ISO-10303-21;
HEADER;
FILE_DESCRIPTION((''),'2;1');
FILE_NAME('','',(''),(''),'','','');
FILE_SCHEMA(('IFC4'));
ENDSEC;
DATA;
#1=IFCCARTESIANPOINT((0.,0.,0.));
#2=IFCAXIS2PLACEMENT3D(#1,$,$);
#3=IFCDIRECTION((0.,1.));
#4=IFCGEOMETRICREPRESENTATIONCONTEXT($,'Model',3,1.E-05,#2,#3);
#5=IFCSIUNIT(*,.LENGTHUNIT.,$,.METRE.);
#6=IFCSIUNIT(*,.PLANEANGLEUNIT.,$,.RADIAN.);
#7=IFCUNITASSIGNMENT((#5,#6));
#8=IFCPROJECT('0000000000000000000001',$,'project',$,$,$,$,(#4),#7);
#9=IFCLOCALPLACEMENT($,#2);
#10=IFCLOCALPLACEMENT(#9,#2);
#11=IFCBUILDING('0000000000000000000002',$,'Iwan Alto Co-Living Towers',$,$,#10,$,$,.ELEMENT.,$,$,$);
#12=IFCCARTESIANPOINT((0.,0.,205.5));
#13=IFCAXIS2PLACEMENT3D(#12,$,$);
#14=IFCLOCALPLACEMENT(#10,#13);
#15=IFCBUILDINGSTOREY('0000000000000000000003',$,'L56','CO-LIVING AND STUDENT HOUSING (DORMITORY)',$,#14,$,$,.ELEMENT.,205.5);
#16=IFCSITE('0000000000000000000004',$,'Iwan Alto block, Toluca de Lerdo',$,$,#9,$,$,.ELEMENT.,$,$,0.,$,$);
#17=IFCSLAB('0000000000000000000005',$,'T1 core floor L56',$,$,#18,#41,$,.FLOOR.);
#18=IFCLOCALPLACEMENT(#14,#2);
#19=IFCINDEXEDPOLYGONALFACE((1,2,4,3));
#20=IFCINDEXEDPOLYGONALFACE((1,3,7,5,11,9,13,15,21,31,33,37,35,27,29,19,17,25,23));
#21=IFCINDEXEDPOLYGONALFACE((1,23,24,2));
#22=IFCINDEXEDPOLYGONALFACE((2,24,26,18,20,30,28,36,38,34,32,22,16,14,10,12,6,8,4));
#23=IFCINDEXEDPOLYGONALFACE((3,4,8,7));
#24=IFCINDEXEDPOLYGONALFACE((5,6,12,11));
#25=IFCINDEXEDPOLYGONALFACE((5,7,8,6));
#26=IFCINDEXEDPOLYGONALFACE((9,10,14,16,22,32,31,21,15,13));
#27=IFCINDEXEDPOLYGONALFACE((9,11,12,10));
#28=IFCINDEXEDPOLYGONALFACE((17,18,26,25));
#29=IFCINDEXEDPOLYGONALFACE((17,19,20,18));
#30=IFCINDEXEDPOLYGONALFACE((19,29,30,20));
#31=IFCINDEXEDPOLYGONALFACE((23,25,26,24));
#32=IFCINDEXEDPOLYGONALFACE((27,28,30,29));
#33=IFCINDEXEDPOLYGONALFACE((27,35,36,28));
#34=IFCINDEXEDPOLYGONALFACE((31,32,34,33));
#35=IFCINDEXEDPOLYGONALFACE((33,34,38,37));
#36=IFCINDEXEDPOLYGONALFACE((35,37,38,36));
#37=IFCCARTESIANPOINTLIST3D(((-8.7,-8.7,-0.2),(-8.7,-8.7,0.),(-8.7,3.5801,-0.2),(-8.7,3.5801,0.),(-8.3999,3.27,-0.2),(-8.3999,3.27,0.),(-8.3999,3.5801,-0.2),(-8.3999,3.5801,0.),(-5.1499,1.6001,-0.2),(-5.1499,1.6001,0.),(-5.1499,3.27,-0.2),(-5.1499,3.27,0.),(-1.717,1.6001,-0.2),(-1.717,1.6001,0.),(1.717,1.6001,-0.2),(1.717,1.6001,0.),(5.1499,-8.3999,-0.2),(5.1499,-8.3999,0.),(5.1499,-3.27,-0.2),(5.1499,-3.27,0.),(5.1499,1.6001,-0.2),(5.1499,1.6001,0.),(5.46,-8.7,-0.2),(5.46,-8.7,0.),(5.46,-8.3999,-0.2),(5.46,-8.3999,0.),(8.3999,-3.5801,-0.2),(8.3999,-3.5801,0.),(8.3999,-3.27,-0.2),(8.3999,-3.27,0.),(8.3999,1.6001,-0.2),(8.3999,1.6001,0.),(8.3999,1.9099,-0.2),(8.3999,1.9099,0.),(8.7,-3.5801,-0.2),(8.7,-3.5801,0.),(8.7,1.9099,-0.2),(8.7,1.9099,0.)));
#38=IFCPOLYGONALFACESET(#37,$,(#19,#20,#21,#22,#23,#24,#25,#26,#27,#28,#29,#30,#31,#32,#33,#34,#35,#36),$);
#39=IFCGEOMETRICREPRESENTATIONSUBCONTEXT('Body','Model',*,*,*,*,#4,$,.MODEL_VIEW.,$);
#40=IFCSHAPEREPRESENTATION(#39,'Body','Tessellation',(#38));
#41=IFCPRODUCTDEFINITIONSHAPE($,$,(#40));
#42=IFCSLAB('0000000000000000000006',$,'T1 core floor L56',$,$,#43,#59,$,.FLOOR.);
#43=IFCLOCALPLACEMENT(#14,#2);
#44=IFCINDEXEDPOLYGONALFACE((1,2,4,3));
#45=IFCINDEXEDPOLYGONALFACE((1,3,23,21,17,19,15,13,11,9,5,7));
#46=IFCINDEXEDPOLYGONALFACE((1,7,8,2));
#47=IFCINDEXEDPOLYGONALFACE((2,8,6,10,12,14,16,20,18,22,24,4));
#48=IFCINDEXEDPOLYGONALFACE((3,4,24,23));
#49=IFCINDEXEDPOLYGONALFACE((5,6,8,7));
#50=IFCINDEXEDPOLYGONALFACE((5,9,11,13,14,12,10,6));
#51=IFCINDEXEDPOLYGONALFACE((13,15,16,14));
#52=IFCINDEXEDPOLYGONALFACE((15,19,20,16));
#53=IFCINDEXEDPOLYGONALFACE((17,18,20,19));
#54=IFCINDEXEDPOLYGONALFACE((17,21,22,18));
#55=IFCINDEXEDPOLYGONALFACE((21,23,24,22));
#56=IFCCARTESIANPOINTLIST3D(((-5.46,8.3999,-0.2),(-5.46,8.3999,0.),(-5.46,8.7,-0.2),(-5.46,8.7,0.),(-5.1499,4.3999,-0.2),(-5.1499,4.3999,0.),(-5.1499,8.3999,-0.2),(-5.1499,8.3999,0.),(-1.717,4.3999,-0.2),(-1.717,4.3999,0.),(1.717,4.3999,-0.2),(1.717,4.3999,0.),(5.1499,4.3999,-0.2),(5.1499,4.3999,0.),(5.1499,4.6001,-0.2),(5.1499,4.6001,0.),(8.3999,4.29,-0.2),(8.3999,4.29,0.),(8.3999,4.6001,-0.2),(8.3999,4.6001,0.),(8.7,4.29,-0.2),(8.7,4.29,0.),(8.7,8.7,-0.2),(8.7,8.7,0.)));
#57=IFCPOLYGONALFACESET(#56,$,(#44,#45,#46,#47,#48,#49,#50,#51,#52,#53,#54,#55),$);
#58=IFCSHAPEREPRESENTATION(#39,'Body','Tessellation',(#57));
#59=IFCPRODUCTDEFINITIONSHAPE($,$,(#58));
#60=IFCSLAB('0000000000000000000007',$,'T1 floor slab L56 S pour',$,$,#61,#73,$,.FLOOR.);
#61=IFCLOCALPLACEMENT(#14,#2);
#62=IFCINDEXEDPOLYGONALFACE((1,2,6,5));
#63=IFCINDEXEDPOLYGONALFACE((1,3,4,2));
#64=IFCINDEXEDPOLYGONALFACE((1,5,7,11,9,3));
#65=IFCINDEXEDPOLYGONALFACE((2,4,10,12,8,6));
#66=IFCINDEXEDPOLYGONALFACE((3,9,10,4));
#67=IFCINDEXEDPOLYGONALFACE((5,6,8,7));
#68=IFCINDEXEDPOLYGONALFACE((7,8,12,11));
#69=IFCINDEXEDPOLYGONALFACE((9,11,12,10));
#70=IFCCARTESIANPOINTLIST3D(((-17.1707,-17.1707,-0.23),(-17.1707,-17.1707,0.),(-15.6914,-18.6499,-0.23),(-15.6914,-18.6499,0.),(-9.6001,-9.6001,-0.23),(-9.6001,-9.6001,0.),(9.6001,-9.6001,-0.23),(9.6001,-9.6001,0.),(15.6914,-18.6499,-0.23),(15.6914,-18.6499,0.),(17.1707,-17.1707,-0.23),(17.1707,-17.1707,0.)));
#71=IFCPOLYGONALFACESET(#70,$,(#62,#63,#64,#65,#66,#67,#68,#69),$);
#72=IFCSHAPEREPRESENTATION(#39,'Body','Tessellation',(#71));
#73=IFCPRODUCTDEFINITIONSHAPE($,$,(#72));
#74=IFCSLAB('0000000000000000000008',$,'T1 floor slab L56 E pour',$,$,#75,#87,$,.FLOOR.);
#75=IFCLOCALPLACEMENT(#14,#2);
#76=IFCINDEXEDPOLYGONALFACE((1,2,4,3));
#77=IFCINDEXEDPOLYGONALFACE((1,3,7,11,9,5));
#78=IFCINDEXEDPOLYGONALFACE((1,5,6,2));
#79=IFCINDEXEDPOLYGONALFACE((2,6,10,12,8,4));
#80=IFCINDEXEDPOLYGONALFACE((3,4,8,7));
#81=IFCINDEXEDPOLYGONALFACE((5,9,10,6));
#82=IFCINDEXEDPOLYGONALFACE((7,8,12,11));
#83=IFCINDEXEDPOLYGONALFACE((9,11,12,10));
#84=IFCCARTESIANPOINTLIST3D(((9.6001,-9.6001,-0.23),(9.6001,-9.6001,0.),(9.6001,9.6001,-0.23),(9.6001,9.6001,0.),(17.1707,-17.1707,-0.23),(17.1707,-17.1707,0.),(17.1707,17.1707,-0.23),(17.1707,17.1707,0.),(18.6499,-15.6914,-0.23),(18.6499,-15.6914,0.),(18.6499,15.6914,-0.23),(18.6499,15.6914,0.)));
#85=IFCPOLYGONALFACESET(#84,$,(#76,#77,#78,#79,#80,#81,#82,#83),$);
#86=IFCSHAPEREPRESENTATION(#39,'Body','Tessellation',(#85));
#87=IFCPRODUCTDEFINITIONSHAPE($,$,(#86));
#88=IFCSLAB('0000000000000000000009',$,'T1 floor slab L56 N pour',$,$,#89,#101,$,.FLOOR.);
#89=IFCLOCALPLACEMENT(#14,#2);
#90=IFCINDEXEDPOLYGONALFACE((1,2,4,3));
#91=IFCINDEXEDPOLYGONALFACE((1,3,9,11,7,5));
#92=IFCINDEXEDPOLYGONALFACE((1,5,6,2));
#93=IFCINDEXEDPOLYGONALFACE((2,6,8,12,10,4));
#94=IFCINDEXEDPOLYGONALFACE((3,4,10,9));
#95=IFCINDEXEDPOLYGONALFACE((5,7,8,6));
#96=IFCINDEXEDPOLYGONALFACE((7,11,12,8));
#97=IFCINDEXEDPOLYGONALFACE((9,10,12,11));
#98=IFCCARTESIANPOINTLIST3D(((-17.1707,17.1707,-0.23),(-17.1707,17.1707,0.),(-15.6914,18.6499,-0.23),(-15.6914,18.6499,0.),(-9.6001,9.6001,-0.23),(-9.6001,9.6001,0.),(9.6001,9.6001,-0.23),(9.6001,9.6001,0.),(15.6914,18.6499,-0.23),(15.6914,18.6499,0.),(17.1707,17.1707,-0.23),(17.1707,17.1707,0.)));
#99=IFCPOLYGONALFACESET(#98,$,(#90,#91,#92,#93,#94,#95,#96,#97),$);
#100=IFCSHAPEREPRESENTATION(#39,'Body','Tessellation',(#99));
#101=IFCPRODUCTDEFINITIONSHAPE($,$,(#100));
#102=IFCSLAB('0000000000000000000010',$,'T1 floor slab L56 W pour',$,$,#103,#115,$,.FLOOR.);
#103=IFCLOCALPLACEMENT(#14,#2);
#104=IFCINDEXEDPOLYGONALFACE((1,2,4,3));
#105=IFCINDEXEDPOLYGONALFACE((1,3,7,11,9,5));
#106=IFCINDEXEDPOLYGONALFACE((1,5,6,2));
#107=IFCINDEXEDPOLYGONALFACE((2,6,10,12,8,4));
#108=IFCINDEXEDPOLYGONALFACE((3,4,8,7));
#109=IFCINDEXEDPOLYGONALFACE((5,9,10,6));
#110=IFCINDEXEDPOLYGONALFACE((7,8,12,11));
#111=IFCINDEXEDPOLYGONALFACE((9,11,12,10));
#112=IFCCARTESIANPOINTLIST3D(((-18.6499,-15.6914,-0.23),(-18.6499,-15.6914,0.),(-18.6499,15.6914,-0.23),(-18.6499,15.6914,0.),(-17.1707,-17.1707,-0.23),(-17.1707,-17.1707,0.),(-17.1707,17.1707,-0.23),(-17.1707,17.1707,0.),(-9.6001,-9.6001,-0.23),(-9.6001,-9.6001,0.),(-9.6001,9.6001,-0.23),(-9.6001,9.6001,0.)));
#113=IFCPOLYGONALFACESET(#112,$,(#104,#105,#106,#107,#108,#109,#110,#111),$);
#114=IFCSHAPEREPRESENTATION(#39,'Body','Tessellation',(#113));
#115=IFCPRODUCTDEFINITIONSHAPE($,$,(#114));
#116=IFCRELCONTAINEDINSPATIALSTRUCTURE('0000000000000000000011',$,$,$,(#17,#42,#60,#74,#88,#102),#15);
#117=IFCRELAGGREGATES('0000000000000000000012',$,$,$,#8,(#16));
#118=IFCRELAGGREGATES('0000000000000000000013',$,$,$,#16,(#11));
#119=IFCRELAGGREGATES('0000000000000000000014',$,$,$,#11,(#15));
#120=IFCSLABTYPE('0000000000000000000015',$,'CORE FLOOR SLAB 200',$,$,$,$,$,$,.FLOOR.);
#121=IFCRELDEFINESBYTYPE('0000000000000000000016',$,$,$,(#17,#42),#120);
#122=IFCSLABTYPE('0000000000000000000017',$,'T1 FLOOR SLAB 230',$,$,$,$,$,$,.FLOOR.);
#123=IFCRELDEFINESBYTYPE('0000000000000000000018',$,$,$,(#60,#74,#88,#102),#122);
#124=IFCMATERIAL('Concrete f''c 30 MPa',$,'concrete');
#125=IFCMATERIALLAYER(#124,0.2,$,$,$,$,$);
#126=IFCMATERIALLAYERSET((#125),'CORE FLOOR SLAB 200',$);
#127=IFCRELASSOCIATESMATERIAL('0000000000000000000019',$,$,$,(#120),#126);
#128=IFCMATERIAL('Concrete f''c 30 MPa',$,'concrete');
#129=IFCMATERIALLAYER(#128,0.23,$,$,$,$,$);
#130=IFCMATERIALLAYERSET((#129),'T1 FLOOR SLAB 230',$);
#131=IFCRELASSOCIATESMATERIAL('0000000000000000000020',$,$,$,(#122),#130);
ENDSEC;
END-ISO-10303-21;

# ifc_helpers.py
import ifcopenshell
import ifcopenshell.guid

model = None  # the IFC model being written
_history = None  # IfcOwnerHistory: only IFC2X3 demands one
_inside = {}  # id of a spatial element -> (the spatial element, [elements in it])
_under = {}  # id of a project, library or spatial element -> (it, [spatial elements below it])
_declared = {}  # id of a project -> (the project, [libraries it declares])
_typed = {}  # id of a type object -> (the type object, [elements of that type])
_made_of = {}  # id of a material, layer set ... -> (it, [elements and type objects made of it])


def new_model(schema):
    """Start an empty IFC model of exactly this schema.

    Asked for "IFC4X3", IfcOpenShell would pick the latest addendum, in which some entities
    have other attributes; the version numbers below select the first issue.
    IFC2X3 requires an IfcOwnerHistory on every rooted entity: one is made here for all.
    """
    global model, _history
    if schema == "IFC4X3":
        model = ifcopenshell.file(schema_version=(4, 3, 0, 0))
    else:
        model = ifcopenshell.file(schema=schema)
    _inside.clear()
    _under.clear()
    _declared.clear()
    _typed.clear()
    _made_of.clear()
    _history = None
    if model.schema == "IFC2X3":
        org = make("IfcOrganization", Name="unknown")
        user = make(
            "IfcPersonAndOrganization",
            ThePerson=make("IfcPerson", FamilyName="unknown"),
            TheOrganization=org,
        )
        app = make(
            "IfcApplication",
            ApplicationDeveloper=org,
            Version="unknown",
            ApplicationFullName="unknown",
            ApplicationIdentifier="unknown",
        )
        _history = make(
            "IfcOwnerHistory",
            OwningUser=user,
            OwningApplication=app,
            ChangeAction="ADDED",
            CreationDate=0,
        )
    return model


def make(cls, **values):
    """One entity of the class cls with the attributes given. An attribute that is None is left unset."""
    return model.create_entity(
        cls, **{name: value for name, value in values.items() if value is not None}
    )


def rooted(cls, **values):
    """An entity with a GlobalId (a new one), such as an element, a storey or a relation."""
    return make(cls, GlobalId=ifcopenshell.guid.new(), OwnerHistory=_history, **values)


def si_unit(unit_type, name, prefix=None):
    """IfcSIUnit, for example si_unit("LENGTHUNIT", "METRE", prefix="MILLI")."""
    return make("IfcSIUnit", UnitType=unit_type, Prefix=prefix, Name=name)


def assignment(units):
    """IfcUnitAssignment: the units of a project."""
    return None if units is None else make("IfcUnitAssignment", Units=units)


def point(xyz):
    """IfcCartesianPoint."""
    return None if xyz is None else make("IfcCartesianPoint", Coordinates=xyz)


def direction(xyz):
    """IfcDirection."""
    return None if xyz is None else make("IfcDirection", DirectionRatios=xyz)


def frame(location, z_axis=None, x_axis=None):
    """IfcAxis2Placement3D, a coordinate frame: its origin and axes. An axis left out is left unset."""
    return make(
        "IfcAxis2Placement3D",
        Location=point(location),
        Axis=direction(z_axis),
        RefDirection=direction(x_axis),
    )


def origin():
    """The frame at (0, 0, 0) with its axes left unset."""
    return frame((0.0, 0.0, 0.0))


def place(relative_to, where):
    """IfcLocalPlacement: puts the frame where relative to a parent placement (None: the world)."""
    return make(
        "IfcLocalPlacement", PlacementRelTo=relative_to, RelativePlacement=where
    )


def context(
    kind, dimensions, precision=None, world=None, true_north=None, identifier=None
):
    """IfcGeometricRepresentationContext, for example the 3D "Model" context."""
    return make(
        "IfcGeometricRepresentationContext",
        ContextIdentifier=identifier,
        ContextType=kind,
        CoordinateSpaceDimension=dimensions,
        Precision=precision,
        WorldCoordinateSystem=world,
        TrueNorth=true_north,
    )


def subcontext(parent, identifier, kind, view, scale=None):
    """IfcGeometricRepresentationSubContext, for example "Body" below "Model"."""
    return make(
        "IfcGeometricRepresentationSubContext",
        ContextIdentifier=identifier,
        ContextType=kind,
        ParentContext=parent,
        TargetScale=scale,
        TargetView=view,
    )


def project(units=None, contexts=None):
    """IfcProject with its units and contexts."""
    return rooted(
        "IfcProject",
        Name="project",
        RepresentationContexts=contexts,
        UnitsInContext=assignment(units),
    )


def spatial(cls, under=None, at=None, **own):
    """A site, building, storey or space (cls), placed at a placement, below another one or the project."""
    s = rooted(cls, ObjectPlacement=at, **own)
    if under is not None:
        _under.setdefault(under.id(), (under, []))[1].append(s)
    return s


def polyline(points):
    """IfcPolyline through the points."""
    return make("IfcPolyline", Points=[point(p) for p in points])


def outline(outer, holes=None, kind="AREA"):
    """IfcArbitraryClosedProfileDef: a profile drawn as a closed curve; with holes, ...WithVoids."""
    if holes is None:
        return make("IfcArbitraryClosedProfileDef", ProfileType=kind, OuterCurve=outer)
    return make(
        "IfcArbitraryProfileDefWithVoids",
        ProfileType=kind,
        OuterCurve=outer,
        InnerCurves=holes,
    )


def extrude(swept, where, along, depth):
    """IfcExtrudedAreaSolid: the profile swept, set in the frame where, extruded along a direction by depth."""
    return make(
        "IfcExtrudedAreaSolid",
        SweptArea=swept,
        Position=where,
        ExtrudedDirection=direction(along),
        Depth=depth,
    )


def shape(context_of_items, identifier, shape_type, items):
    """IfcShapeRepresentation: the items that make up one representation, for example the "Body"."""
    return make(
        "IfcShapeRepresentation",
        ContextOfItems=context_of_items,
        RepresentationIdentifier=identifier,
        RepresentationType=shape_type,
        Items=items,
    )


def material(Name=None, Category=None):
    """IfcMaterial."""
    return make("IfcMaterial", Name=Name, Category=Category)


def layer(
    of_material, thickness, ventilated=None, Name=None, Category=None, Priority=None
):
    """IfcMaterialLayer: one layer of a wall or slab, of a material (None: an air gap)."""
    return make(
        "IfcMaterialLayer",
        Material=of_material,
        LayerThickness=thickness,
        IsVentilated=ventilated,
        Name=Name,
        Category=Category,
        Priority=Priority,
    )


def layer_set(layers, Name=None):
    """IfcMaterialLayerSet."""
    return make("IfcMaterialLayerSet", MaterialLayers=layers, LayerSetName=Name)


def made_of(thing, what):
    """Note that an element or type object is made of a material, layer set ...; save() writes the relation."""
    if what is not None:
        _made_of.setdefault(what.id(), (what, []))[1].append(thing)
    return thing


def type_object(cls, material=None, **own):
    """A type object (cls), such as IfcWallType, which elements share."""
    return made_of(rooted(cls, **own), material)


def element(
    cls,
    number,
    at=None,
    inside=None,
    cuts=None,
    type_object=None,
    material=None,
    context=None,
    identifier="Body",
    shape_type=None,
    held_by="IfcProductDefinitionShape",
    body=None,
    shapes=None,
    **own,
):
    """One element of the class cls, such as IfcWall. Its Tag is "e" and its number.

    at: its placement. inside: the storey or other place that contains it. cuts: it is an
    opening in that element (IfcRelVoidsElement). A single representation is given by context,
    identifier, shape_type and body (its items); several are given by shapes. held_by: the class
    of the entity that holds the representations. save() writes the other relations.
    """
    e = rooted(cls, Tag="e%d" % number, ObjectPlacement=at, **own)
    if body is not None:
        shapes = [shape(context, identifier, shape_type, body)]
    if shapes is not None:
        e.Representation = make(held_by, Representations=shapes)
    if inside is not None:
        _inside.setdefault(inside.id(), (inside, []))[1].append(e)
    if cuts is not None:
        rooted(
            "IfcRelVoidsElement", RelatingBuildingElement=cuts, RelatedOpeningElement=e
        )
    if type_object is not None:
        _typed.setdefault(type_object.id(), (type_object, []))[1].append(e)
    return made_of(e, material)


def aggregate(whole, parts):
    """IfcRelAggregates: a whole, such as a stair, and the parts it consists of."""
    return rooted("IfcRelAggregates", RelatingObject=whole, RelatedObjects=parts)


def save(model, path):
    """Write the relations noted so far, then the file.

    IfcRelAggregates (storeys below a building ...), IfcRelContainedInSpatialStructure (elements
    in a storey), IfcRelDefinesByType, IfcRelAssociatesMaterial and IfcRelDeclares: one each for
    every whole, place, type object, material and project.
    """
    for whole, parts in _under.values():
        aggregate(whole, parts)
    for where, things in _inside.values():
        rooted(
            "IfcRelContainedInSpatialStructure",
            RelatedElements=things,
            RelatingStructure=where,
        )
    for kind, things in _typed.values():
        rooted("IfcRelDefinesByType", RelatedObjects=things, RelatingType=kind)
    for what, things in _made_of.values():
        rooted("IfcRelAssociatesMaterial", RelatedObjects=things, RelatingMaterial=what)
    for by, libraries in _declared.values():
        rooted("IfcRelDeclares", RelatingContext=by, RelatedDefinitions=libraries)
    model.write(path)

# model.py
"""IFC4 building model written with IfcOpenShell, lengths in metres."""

from ifc_helpers import new_model, si_unit, direction, frame, origin, place, context, subcontext, project, spatial, polyline, outline, extrude, material, layer, layer_set, type_object, element, save


model = new_model("IFC4")

# Units and contexts
model_context = context("Model", 3, precision=1e-05, world=origin(), true_north=direction((0.0, 1.0)))
body_context = subcontext(model_context, "Body", "Model", "MODEL_VIEW")
ifc_project = project(units=[si_unit("LENGTHUNIT", "METRE"), si_unit("PLANEANGLEUNIT", "RADIAN")], contexts=[model_context])

# Site, building, storey
site_placement = place(None, origin())
site = spatial("IfcSite", under=ifc_project, at=site_placement, Name="Iwan Alto block, Toluca de Lerdo", CompositionType="ELEMENT", RefElevation=0.0)
building_placement = place(site_placement, origin())
building = spatial("IfcBuilding", under=site, at=building_placement, Name="Iwan Alto Co-Living Towers", CompositionType="ELEMENT")
storey_placement = place(building_placement, frame((0.0, 0.0, 205.5)))
storey = spatial("IfcBuildingStorey", under=building, at=storey_placement, Name="L56", Description="CO-LIVING AND STUDENT HOUSING (DORMITORY)", CompositionType="ELEMENT", Elevation=205.5)

# Slabs
ifc_material_1 = material(Name="Concrete f'c 30 MPa", Category="concrete")
ifc_layer_1 = layer(ifc_material_1, 0.2)
ifc_layer_set_1 = layer_set([ifc_layer_1], Name="CORE FLOOR SLAB 200")
slab_type_1 = type_object("IfcSlabType", Name="CORE FLOOR SLAB 200", PredefinedType="FLOOR", material=ifc_layer_set_1)
slab_1_placement = place(storey_placement, frame((0.0, 0.0, -0.2)))
element("IfcSlab", 1, at=slab_1_placement, inside=storey, type_object=slab_type_1, Name="T1 core floor L56", PredefinedType="FLOOR", context=body_context, shape_type="SweptSolid", body=[
    extrude(outline(polyline([(5.1499, -8.3999), (5.46, -8.3999), (5.46, -8.7), (-8.7, -8.7), (-8.7, 3.5801), (-8.3999, 3.5801), (-8.3999, 3.27), (-5.1499, 3.27), (-5.1499, 1.6001), (-1.717, 1.6001), (1.717, 1.6001), (5.1499, 1.6001), (8.3999, 1.6001), (8.3999, 1.9099), (8.7, 1.9099), (8.7, -3.5801), (8.3999, -3.5801), (8.3999, -3.27), (5.1499, -3.27), (5.1499, -8.3999)])), origin(), (0.0, 0.0, 1.0), 0.2),
])
slab_2_placement = place(storey_placement, frame((0.0, 0.0, -0.2)))
element("IfcSlab", 2, at=slab_2_placement, inside=storey, type_object=slab_type_1, Name="T1 core floor L56", PredefinedType="FLOOR", context=body_context, shape_type="SweptSolid", body=[
    extrude(outline(polyline([(1.717, 4.3999), (-1.717, 4.3999), (-5.1499, 4.3999), (-5.1499, 8.3999), (-5.46, 8.3999), (-5.46, 8.7), (8.7, 8.7), (8.7, 4.29), (8.3999, 4.29), (8.3999, 4.6001), (5.1499, 4.6001), (5.1499, 4.3999), (1.717, 4.3999)])), origin(), (0.0, 0.0, 1.0), 0.2),
])
ifc_material_2 = material(Name="Concrete f'c 30 MPa", Category="concrete")
ifc_layer_2 = layer(ifc_material_2, 0.23)
ifc_layer_set_2 = layer_set([ifc_layer_2], Name="T1 FLOOR SLAB 230")
slab_type_2 = type_object("IfcSlabType", Name="T1 FLOOR SLAB 230", PredefinedType="FLOOR", material=ifc_layer_set_2)
slab_3_placement = place(storey_placement, frame((0.0, 0.0, -0.23)))
element("IfcSlab", 3, at=slab_3_placement, inside=storey, type_object=slab_type_2, Name="T1 floor slab L56 S pour", PredefinedType="FLOOR", context=body_context, shape_type="SweptSolid", body=[
    extrude(outline(polyline([(15.6914, -18.6499), (-15.6914, -18.6499), (-17.1707, -17.1707), (-9.6001, -9.6001), (9.6001, -9.6001), (17.1707, -17.1707), (15.6914, -18.6499)])), origin(), (0.0, 0.0, 1.0), 0.23),
])
slab_4_placement = place(storey_placement, frame((0.0, 0.0, -0.23)))
element("IfcSlab", 4, at=slab_4_placement, inside=storey, type_object=slab_type_2, Name="T1 floor slab L56 E pour", PredefinedType="FLOOR", context=body_context, shape_type="SweptSolid", body=[
    extrude(outline(polyline([(18.6499, 15.6914), (18.6499, -15.6914), (17.1707, -17.1707), (9.6001, -9.6001), (9.6001, 9.6001), (17.1707, 17.1707), (18.6499, 15.6914)])), origin(), (0.0, 0.0, 1.0), 0.23),
])
slab_5_placement = place(storey_placement, frame((0.0, 0.0, -0.23)))
element("IfcSlab", 5, at=slab_5_placement, inside=storey, type_object=slab_type_2, Name="T1 floor slab L56 N pour", PredefinedType="FLOOR", context=body_context, shape_type="SweptSolid", body=[
    extrude(outline(polyline([(-15.6914, 18.6499), (15.6914, 18.6499), (17.1707, 17.1707), (9.6001, 9.6001), (-9.6001, 9.6001), (-17.1707, 17.1707), (-15.6914, 18.6499)])), origin(), (0.0, 0.0, 1.0), 0.23),
])
slab_6_placement = place(storey_placement, frame((0.0, 0.0, -0.23)))
element("IfcSlab", 6, at=slab_6_placement, inside=storey, type_object=slab_type_2, Name="T1 floor slab L56 W pour", PredefinedType="FLOOR", context=body_context, shape_type="SweptSolid", body=[
    extrude(outline(polyline([(-18.6499, 15.6914), (-17.1707, 17.1707), (-9.6001, 9.6001), (-9.6001, -9.6001), (-17.1707, -17.1707), (-18.6499, -15.6914), (-18.6499, 15.6914)])), origin(), (0.0, 0.0, 1.0), 0.23),
])

save(model, "model.ifc")
